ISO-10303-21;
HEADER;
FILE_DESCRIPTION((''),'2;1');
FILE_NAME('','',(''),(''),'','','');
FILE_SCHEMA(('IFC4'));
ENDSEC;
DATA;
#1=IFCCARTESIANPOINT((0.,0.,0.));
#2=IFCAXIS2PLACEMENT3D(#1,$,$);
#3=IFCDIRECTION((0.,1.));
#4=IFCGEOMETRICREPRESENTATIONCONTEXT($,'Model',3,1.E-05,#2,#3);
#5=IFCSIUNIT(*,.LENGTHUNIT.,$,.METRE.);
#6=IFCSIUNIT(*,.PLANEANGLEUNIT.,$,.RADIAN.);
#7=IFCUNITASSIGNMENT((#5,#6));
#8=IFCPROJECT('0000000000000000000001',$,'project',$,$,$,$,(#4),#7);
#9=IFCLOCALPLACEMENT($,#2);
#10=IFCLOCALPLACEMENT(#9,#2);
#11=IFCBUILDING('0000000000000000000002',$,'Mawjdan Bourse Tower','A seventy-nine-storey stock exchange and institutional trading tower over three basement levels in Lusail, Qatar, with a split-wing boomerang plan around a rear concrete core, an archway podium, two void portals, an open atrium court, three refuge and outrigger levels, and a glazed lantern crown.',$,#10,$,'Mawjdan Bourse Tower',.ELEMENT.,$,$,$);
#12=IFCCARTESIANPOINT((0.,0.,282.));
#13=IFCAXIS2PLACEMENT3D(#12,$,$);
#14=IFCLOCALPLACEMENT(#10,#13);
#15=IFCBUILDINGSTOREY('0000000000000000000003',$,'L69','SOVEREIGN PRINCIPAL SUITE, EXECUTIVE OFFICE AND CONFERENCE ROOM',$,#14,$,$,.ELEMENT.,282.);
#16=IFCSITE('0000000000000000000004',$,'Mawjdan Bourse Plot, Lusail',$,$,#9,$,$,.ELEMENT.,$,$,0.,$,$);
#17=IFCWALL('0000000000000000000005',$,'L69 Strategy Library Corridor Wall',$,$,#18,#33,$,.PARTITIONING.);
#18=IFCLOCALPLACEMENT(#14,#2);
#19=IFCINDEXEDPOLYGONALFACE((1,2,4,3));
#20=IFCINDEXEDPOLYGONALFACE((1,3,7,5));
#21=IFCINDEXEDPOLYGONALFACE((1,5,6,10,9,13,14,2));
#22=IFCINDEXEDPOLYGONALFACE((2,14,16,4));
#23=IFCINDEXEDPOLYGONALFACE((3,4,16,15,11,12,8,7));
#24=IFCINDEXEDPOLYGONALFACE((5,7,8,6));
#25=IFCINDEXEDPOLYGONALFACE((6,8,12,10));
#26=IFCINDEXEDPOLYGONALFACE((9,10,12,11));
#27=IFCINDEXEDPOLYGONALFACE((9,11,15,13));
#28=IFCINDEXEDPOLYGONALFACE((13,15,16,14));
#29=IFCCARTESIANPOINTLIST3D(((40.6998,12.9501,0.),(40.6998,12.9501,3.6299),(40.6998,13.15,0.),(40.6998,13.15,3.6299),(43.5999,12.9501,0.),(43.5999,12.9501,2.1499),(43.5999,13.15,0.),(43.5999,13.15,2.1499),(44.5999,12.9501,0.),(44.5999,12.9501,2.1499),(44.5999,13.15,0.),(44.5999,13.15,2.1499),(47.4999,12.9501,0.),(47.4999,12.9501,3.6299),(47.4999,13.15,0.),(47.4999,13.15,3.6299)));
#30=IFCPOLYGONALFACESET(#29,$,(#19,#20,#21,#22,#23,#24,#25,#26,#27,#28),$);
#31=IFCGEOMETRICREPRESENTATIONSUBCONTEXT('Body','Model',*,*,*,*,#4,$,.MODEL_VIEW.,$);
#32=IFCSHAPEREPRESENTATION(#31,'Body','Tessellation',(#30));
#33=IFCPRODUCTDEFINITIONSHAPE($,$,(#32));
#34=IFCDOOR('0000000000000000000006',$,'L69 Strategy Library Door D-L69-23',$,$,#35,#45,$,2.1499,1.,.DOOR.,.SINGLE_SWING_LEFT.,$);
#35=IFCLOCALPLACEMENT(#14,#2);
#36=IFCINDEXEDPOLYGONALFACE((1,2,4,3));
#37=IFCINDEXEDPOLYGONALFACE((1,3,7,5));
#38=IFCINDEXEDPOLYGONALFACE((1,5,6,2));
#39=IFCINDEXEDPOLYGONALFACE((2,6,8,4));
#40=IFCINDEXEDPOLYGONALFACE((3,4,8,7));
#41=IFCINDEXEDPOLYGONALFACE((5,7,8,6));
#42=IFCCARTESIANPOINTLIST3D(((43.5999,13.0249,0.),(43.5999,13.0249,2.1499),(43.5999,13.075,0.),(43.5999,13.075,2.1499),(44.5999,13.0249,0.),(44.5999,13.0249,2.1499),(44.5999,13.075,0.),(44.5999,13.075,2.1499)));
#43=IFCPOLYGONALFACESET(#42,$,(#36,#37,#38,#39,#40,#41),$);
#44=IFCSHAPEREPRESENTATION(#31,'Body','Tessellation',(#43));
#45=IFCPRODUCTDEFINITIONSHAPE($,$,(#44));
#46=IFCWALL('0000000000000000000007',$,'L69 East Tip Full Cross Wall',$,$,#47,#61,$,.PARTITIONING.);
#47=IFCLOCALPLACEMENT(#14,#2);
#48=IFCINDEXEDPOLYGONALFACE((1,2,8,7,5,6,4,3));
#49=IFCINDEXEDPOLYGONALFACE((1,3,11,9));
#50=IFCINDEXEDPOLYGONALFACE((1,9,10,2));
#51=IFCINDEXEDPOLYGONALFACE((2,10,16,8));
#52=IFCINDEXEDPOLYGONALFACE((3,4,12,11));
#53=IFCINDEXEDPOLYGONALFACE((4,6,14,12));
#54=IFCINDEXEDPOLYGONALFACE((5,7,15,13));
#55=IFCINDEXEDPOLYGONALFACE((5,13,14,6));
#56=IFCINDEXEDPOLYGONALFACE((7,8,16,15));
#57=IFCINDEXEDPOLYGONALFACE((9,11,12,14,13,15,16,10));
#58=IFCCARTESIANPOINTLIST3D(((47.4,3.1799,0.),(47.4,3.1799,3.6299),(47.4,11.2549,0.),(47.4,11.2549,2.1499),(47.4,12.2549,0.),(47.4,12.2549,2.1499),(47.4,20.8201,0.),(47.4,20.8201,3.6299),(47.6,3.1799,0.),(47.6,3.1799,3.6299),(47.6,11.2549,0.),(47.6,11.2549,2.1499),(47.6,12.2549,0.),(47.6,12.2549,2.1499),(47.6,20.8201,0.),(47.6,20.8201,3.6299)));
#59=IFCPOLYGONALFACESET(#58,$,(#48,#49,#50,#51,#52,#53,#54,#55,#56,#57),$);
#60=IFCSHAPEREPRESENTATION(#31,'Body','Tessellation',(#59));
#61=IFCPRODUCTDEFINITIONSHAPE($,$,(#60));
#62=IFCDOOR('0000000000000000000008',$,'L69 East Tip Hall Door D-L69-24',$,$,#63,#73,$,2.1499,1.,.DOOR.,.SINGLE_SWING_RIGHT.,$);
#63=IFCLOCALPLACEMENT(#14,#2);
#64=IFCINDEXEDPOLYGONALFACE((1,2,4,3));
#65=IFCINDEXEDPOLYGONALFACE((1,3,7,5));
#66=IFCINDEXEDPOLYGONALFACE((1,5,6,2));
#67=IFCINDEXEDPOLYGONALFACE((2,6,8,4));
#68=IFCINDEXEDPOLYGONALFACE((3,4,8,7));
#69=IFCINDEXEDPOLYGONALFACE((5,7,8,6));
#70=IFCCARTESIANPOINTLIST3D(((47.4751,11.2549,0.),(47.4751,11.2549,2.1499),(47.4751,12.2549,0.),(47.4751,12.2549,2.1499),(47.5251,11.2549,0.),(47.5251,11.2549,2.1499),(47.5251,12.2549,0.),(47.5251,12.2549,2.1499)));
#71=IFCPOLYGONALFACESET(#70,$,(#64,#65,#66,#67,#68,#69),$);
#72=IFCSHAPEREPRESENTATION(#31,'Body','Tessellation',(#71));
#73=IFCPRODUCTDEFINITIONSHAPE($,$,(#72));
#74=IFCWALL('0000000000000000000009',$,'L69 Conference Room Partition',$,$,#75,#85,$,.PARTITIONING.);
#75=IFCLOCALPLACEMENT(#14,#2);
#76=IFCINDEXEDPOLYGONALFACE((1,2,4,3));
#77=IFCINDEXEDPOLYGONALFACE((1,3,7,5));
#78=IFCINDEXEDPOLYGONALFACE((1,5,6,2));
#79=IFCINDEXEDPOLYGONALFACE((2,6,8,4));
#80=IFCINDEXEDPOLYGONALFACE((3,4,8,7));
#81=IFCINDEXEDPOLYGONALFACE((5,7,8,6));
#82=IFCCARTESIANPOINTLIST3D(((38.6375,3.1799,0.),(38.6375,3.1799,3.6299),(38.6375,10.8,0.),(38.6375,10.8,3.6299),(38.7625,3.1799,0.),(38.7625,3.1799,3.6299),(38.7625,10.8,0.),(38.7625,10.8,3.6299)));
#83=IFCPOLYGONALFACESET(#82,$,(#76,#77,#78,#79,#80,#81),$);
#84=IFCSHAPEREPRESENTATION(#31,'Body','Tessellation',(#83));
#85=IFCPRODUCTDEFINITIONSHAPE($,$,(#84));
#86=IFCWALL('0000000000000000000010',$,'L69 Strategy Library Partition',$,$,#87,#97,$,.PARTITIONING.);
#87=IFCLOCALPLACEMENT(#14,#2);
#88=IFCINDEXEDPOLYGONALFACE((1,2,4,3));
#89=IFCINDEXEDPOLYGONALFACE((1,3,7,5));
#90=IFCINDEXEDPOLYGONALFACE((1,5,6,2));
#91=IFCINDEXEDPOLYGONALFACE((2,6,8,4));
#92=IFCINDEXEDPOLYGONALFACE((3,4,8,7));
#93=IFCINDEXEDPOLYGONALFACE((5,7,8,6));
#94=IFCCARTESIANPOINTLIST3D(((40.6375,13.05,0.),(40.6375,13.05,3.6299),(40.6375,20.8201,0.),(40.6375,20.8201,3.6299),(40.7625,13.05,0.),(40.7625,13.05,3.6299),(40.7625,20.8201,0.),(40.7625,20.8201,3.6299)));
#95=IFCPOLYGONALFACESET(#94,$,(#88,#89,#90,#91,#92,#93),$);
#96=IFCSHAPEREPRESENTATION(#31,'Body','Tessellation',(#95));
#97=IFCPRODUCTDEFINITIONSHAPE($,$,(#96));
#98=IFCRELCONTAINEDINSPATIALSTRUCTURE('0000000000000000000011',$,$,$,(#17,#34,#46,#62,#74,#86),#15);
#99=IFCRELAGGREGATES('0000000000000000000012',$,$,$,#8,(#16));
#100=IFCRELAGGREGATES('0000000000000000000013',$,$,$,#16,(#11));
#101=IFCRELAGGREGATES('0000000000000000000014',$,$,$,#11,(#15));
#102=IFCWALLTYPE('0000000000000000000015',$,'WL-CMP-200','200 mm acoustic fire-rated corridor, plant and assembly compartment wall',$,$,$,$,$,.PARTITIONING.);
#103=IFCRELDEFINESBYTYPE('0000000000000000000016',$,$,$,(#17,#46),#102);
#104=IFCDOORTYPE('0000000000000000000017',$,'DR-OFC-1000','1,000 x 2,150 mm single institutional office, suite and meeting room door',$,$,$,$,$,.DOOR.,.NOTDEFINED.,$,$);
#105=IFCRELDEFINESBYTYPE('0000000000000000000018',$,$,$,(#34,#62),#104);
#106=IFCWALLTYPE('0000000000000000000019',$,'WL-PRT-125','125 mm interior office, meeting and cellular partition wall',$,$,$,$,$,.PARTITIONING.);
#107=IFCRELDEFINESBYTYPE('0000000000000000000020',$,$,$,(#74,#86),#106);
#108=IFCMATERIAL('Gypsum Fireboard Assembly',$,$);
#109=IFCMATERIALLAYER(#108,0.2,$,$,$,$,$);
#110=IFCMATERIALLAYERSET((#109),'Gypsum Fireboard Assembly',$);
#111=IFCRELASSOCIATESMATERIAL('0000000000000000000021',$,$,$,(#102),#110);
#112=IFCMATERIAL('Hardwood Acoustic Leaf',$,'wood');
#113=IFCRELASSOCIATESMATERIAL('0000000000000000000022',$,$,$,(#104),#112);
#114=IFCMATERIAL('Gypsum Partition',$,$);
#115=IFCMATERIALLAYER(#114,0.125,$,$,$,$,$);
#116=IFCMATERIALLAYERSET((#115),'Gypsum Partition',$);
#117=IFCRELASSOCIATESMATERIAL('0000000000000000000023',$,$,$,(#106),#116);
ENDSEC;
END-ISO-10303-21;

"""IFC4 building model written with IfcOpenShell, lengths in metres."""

from ifc_helpers import new_model, si_unit, direction, frame, frame_2d, origin, place, context, subcontext, project, spatial, rectangle, extrude, material, layer, layer_set, type_object, element, fill, save


model = new_model("IFC4")

# Units and contexts
model_context = context("Model", 3, precision=1e-05, world=origin(), true_north=direction((0.0, 1.0)))
body_context = subcontext(model_context, "Body", "Model", "MODEL_VIEW")
ifc_project = project(units=[si_unit("LENGTHUNIT", "METRE"), si_unit("PLANEANGLEUNIT", "RADIAN")], contexts=[model_context])

# Site, building, storey
site_placement = place(None, origin())
site = spatial("IfcSite", under=ifc_project, at=site_placement, Name="Mawjdan Bourse Plot, Lusail", CompositionType="ELEMENT", RefElevation=0.0)
building_placement = place(site_placement, origin())
building = spatial("IfcBuilding", under=site, at=building_placement, Name="Mawjdan Bourse Tower", Description="A seventy-nine-storey stock exchange and institutional trading tower over three basement levels in Lusail, Qatar, with a split-wing boomerang plan around a rear concrete core, an archway podium, two void portals, an open atrium court, three refuge and outrigger levels, and a glazed lantern crown.", LongName="Mawjdan Bourse Tower", CompositionType="ELEMENT")
storey_placement = place(building_placement, frame((0.0, 0.0, 282.0)))
storey = spatial("IfcBuildingStorey", under=building, at=storey_placement, Name="L69", Description="SOVEREIGN PRINCIPAL SUITE, EXECUTIVE OFFICE AND CONFERENCE ROOM", CompositionType="ELEMENT", Elevation=282.0)

# Walls, openings, doors
ifc_material_1 = material(Name="Gypsum Fireboard Assembly")
ifc_layer_1 = layer(ifc_material_1, 0.2)
ifc_layer_set_1 = layer_set([ifc_layer_1], Name="Gypsum Fireboard Assembly")
wall_type_1 = type_object("IfcWallType", Name="WL-CMP-200", Description="200 mm acoustic fire-rated corridor, plant and assembly compartment wall", PredefinedType="PARTITIONING", material=ifc_layer_set_1)
wall_1_placement = place(storey_placement, frame((40.7, 13.05, 0.0), z_axis=(0.0, 0.0, 1.0), x_axis=(1.0, 0.0, 0.0)))
wall_1 = element("IfcWall", 1, at=wall_1_placement, inside=storey, type_object=wall_type_1, Name="L69 Strategy Library Corridor Wall", PredefinedType="PARTITIONING", context=body_context, shape_type="SweptSolid", body=[
    extrude(rectangle(XDim=6.8, YDim=0.2, at=frame_2d((3.3999, 0.0))), origin(), (0.0, 0.0, 1.0), 3.6299),
])
opening_1_placement = place(wall_1_placement, frame((2.8999, 0.0, 0.0)))
opening_1 = element("IfcOpeningElement", 2, at=opening_1_placement, cuts=wall_1, PredefinedType="OPENING", context=body_context, shape_type="SweptSolid", body=[
    extrude(rectangle(XDim=1.0, YDim=2.1499, at=frame_2d((0.5, 1.075))), frame((0.0, 0.1099, 0.0), z_axis=(0.0, -1.0, 0.0), x_axis=(1.0, 0.0, 0.0)), (0.0, 0.0, 1.0), 0.22),
])
ifc_material_2 = material(Name="Hardwood Acoustic Leaf", Category="wood")
door_type_1 = type_object("IfcDoorType", Name="DR-OFC-1000", Description="1,000 x 2,150 mm single institutional office, suite and meeting room door", OperationType="NOTDEFINED", PredefinedType="DOOR", material=ifc_material_2)
door_1_placement = place(opening_1_placement, origin())
door_1 = element("IfcDoor", 3, at=door_1_placement, inside=storey, type_object=door_type_1, Name="L69 Strategy Library Door D-L69-23", OperationType="SINGLE_SWING_LEFT", OverallHeight=2.1499, OverallWidth=1.0, PredefinedType="DOOR", context=body_context, shape_type="SweptSolid", body=[
    extrude(rectangle(XDim=1.0, YDim=2.1499, at=frame_2d((0.5, 1.075))), frame((0.0, 0.0249, 0.0), z_axis=(0.0, -1.0, 0.0), x_axis=(1.0, 0.0, 0.0)), (0.0, 0.0, 1.0), 0.05),
])
fill(opening_1, door_1)
wall_2_placement = place(storey_placement, frame((47.5, 3.1799, 0.0), z_axis=(0.0, 0.0, 1.0), x_axis=(0.0, 1.0, 0.0)))
wall_2 = element("IfcWall", 4, at=wall_2_placement, inside=storey, type_object=wall_type_1, Name="L69 East Tip Full Cross Wall", PredefinedType="PARTITIONING", context=body_context, shape_type="SweptSolid", body=[
    extrude(rectangle(XDim=17.6401, YDim=0.2, at=frame_2d((8.8201, 0.0))), origin(), (0.0, 0.0, 1.0), 3.6299),
])
opening_2_placement = place(wall_2_placement, frame((8.075, 0.0, 0.0)))
opening_2 = element("IfcOpeningElement", 5, at=opening_2_placement, cuts=wall_2, PredefinedType="OPENING", context=body_context, shape_type="SweptSolid", body=[
    extrude(rectangle(XDim=1.0, YDim=2.1499, at=frame_2d((0.5, 1.075))), frame((0.0, 0.1099, 0.0), z_axis=(0.0, -1.0, 0.0), x_axis=(1.0, 0.0, 0.0)), (0.0, 0.0, 1.0), 0.22),
])
door_2_placement = place(opening_2_placement, origin())
door_2 = element("IfcDoor", 6, at=door_2_placement, inside=storey, type_object=door_type_1, Name="L69 East Tip Hall Door D-L69-24", OperationType="SINGLE_SWING_RIGHT", OverallHeight=2.1499, OverallWidth=1.0, PredefinedType="DOOR", context=body_context, shape_type="SweptSolid", body=[
    extrude(rectangle(XDim=1.0, YDim=2.1499, at=frame_2d((0.5, 1.075))), frame((0.0, 0.0249, 0.0), z_axis=(0.0, -1.0, 0.0), x_axis=(1.0, 0.0, 0.0)), (0.0, 0.0, 1.0), 0.05),
])
fill(opening_2, door_2)

# Walls
ifc_material_3 = material(Name="Gypsum Partition")
ifc_layer_2 = layer(ifc_material_3, 0.125)
ifc_layer_set_2 = layer_set([ifc_layer_2], Name="Gypsum Partition")
wall_type_2 = type_object("IfcWallType", Name="WL-PRT-125", Description="125 mm interior office, meeting and cellular partition wall", PredefinedType="PARTITIONING", material=ifc_layer_set_2)
wall_3_placement = place(storey_placement, frame((38.7, 3.1799, 0.0), z_axis=(0.0, 0.0, 1.0), x_axis=(0.0, 1.0, 0.0)))
element("IfcWall", 7, at=wall_3_placement, inside=storey, type_object=wall_type_2, Name="L69 Conference Room Partition", PredefinedType="PARTITIONING", context=body_context, shape_type="SweptSolid", body=[
    extrude(rectangle(XDim=7.6201, YDim=0.125, at=frame_2d((3.8101, 0.0))), origin(), (0.0, 0.0, 1.0), 3.6299),
])
wall_4_placement = place(storey_placement, frame((40.7, 13.05, 0.0), z_axis=(0.0, 0.0, 1.0), x_axis=(0.0, 1.0, 0.0)))
element("IfcWall", 8, at=wall_4_placement, inside=storey, type_object=wall_type_2, Name="L69 Strategy Library Partition", PredefinedType="PARTITIONING", context=body_context, shape_type="SweptSolid", body=[
    extrude(rectangle(XDim=7.77, YDim=0.125, at=frame_2d((3.885, 0.0))), origin(), (0.0, 0.0, 1.0), 3.6299),
])

save(model, "model.ifc")
